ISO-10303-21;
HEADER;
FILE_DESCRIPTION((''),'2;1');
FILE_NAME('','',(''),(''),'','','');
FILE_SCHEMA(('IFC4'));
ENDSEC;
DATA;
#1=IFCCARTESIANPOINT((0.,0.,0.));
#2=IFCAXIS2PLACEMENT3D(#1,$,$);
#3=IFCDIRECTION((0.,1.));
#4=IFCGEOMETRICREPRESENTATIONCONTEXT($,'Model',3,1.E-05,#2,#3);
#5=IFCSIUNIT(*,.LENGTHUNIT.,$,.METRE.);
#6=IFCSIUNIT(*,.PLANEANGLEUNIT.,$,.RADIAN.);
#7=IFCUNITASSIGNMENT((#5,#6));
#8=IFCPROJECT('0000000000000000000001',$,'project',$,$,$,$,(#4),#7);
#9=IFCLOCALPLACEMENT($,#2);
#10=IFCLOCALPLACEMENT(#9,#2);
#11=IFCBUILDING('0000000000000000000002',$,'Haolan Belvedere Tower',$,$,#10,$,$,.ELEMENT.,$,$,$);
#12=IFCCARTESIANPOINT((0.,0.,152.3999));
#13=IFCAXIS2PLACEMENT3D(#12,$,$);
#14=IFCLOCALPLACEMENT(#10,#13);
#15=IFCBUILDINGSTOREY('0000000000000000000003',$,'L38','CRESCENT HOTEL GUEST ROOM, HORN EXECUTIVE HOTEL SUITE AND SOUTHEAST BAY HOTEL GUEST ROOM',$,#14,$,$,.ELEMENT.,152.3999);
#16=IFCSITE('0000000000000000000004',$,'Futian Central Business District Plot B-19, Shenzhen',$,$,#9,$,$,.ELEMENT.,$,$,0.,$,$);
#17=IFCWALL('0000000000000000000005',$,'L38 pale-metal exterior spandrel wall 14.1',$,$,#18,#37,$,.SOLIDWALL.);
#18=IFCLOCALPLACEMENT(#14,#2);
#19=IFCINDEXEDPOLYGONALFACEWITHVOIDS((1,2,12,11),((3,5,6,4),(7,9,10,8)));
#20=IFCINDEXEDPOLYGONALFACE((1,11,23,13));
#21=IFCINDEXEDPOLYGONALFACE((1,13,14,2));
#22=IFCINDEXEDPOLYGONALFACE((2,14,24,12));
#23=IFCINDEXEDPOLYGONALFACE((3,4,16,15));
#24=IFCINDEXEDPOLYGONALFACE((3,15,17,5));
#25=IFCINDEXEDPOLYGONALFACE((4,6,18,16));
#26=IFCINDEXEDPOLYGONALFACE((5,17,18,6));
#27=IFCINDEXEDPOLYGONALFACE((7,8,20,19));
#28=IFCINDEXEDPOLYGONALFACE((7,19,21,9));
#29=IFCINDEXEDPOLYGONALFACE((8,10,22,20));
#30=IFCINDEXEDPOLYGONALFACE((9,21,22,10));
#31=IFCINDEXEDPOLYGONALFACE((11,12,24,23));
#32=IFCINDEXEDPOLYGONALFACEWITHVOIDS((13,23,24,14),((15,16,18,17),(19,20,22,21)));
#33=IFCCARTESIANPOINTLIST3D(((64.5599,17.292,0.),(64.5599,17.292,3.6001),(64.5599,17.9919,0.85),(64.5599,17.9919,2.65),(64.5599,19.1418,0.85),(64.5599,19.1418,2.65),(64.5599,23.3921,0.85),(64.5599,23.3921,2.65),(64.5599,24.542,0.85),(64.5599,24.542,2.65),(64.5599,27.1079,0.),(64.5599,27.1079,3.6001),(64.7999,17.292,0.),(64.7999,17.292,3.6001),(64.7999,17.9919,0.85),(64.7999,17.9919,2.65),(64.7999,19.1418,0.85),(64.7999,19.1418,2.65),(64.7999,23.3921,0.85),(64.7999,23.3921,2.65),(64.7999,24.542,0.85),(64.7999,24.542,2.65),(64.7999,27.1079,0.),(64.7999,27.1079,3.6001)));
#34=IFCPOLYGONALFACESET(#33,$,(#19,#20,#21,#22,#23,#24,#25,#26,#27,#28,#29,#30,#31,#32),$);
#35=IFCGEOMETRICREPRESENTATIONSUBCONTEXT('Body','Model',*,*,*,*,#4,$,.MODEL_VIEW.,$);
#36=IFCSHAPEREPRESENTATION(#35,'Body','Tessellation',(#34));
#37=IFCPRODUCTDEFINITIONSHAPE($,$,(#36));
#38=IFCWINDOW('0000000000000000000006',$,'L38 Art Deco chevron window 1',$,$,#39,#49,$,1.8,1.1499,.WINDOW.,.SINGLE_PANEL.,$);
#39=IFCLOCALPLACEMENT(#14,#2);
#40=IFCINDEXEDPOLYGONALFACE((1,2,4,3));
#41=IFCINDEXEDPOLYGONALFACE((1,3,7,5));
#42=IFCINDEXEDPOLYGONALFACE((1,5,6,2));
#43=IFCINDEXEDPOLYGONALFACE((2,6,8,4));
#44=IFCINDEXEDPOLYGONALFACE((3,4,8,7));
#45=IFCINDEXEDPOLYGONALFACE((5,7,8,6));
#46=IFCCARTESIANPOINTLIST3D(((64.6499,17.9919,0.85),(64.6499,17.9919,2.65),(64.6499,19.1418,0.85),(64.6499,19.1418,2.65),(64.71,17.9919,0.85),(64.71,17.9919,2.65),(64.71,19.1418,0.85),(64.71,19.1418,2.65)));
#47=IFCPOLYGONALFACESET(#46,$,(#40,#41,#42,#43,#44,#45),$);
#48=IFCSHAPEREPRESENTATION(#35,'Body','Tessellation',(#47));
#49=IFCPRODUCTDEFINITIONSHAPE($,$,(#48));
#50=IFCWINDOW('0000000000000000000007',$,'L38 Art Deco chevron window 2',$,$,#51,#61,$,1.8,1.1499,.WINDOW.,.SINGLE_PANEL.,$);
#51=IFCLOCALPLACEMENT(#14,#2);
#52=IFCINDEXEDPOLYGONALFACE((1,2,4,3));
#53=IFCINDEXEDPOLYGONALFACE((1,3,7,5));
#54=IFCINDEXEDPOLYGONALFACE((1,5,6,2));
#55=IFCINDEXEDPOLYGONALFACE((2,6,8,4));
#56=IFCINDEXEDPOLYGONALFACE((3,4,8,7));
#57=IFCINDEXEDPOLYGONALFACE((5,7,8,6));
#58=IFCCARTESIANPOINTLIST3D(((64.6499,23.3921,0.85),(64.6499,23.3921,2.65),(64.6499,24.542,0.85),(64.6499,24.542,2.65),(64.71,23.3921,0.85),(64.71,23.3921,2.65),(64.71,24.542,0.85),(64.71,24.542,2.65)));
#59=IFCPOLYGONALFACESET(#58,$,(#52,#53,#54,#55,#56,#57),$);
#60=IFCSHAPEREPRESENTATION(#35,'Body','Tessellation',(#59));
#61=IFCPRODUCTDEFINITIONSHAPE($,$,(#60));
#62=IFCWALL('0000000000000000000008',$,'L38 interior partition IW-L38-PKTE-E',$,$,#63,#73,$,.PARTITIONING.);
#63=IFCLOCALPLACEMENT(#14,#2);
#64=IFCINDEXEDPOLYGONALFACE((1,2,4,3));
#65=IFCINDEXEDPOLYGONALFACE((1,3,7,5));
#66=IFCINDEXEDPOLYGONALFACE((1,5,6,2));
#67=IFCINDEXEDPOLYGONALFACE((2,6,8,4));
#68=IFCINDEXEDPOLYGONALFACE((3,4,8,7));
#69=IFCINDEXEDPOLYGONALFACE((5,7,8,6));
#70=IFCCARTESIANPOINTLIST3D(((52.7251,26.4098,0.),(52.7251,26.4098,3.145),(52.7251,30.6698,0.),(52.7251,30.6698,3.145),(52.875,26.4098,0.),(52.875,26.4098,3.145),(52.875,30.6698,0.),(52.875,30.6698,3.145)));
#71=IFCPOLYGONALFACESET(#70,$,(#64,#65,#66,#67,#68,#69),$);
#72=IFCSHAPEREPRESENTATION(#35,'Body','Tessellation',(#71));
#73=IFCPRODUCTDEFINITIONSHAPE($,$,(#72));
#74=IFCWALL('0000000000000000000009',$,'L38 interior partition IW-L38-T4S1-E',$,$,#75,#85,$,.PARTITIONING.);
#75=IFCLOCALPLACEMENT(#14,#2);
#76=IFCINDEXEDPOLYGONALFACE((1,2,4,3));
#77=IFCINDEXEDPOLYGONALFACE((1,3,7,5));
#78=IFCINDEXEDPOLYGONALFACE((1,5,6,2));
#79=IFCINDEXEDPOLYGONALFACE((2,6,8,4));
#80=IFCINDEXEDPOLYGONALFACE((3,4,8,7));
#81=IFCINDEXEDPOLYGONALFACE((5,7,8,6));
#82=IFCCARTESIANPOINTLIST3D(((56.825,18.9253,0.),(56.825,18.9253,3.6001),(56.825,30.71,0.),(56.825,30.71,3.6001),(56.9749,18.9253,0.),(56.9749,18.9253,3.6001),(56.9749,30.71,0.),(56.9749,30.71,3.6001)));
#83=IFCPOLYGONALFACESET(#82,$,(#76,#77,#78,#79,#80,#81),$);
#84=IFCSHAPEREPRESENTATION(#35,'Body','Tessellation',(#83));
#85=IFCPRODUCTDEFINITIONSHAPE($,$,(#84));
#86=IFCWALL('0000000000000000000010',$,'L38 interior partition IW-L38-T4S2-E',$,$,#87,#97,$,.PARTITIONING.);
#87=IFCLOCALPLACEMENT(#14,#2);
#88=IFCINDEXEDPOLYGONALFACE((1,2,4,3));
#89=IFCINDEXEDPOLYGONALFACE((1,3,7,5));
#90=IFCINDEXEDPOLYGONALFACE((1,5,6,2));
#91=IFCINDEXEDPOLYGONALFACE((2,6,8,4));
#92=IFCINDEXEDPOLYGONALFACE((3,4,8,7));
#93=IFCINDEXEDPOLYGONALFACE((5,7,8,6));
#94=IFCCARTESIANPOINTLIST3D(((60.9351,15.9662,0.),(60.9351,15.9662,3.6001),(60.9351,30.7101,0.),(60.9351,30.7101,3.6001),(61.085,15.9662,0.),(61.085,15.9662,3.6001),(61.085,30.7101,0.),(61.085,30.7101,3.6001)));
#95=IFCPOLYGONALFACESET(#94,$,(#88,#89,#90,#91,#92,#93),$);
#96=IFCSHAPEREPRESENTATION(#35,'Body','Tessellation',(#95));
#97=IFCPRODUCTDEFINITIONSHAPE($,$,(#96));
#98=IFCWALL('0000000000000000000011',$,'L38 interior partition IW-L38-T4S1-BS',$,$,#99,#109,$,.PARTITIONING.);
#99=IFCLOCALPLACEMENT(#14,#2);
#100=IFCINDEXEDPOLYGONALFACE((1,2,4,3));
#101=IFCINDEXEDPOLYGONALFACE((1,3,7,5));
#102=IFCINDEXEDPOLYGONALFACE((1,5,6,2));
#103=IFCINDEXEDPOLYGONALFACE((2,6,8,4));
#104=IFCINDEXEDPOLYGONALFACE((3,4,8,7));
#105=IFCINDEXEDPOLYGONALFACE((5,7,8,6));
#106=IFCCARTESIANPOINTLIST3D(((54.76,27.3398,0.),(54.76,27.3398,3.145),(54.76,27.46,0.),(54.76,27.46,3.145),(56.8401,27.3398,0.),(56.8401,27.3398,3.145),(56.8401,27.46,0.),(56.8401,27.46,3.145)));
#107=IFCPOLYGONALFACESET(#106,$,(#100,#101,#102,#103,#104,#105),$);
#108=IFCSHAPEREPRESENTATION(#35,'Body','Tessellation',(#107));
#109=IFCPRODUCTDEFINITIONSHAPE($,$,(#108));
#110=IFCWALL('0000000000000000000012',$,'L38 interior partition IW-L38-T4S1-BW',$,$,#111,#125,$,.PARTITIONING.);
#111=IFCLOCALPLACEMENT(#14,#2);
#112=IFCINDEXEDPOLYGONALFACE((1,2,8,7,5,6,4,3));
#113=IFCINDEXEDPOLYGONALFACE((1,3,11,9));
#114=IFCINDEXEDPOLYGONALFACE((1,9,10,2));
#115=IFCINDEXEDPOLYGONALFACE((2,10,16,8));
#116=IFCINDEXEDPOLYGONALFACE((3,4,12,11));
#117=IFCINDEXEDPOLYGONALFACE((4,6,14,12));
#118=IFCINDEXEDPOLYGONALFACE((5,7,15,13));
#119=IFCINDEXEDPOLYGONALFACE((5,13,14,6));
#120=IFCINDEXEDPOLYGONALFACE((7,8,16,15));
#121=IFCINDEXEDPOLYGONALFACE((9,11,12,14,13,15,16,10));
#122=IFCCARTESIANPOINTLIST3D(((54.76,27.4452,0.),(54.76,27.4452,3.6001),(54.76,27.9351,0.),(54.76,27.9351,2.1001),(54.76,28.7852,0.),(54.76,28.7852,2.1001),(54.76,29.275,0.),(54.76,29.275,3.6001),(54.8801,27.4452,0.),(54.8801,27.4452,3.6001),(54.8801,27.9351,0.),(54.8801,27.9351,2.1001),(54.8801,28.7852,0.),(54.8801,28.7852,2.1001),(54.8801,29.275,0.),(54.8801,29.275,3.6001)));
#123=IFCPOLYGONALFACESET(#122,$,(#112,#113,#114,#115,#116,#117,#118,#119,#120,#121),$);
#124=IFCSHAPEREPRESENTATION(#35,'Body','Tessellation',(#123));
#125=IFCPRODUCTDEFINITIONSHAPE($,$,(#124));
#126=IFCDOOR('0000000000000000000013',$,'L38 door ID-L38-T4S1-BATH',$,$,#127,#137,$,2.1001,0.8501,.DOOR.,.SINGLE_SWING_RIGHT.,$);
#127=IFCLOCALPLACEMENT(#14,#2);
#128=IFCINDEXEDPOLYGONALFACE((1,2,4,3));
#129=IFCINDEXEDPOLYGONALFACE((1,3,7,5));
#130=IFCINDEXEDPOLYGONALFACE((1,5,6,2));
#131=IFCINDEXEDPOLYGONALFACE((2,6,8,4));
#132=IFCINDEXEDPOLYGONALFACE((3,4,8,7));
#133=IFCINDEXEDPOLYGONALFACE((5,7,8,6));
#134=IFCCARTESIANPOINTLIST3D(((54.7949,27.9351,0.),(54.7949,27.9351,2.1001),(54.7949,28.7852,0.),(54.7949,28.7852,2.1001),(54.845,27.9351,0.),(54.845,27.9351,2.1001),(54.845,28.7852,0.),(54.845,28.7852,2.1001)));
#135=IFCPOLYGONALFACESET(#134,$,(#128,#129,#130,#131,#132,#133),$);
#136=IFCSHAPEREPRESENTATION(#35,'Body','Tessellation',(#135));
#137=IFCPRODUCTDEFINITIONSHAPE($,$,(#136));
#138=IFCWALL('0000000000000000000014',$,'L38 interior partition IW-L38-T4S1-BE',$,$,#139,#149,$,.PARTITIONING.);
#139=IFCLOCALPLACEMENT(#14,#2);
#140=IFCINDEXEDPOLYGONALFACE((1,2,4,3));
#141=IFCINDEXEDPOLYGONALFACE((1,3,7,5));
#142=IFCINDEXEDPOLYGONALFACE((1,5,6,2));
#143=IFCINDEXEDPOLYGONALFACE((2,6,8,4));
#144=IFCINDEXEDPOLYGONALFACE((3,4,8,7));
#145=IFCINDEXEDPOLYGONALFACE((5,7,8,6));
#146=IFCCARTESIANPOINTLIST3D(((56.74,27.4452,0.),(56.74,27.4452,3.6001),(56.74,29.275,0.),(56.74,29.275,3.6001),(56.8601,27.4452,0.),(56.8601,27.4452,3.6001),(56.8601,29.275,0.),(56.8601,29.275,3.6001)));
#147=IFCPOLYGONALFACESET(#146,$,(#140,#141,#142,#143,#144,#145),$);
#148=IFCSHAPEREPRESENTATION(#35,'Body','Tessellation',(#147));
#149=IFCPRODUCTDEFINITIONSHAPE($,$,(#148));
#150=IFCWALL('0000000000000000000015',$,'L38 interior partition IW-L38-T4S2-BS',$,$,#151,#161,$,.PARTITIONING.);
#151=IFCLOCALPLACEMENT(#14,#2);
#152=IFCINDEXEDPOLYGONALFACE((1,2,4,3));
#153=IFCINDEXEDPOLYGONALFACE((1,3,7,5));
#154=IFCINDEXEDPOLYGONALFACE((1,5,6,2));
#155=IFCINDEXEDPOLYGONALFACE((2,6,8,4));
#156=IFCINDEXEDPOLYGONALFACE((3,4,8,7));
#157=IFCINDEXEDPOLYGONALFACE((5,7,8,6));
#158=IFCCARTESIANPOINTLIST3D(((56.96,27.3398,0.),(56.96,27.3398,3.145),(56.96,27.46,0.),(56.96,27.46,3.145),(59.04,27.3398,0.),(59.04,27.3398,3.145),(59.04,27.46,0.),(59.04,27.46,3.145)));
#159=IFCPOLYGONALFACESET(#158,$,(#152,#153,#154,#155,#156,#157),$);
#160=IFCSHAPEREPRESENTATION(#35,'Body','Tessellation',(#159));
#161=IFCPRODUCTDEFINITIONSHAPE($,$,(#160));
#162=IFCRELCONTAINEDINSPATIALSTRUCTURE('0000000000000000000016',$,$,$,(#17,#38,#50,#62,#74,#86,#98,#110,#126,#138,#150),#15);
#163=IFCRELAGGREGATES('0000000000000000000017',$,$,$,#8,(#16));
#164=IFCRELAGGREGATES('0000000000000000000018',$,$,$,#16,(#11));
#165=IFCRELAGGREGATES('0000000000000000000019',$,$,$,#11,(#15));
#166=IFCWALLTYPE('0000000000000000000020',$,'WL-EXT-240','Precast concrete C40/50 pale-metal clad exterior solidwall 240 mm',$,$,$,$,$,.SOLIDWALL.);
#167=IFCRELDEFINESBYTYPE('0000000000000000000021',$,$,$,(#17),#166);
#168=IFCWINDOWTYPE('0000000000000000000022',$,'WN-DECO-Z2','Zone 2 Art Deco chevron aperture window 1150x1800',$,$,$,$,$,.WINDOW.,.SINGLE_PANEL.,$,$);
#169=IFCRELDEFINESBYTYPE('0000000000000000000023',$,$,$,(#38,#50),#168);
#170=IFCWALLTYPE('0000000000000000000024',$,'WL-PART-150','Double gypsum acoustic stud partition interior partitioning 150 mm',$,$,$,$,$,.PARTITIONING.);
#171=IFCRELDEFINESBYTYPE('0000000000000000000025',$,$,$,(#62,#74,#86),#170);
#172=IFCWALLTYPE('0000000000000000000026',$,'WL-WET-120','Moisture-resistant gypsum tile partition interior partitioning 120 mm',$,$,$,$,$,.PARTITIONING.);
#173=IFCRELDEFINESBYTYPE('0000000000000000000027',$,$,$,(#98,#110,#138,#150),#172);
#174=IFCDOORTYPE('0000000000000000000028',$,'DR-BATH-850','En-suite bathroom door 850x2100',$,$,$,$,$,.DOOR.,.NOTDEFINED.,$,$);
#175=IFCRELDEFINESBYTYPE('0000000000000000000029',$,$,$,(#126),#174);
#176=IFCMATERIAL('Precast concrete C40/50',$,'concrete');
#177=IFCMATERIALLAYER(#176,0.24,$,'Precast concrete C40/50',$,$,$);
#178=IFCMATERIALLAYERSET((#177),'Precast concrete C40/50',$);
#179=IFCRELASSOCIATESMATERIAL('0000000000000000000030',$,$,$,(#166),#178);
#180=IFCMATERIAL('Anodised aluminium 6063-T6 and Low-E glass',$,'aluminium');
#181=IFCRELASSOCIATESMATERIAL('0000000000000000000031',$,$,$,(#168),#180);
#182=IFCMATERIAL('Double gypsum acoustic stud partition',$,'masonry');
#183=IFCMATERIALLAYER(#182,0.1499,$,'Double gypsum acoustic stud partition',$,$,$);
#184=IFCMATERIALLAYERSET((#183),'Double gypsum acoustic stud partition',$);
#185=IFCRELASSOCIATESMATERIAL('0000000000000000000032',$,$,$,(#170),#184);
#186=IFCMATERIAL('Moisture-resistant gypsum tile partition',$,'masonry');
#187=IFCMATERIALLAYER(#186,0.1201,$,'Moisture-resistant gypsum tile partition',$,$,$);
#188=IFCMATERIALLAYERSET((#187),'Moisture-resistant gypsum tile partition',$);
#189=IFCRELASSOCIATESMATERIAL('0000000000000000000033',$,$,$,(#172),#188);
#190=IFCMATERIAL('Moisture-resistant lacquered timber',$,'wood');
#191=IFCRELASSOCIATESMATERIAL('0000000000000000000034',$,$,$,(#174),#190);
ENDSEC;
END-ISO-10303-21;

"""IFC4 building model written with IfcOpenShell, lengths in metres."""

from ifc_helpers import new_model, si_unit, direction, frame, frame_2d, origin, place, context, subcontext, project, spatial, rectangle, extrude, material, layer, layer_set, type_object, element, fill, save


model = new_model("IFC4")

# Units and contexts
model_context = context("Model", 3, precision=1e-05, world=origin(), true_north=direction((0.0, 1.0)))
body_context = subcontext(model_context, "Body", "Model", "MODEL_VIEW")
ifc_project = project(units=[si_unit("LENGTHUNIT", "METRE"), si_unit("PLANEANGLEUNIT", "RADIAN")], contexts=[model_context])

# Site, building, storey
site_placement = place(None, origin())
site = spatial("IfcSite", under=ifc_project, at=site_placement, Name="Futian Central Business District Plot B-19, Shenzhen", CompositionType="ELEMENT", RefElevation=0.0)
building_placement = place(site_placement, origin())
building = spatial("IfcBuilding", under=site, at=building_placement, Name="Haolan Belvedere Tower", CompositionType="ELEMENT")
storey_placement = place(building_placement, frame((0.0, 0.0, 152.3999)))
storey = spatial("IfcBuildingStorey", under=building, at=storey_placement, Name="L38", Description="CRESCENT HOTEL GUEST ROOM, HORN EXECUTIVE HOTEL SUITE AND SOUTHEAST BAY HOTEL GUEST ROOM", CompositionType="ELEMENT", Elevation=152.3999)

# Shared definitions
ifc_material_1 = material(Name="Precast concrete C40/50", Category="concrete")
ifc_layer_1 = layer(ifc_material_1, 0.24, Name="Precast concrete C40/50")
ifc_layer_set_1 = layer_set([ifc_layer_1], Name="Precast concrete C40/50")
wall_type_1 = type_object("IfcWallType", Name="WL-EXT-240", Description="Precast concrete C40/50 pale-metal clad exterior solidwall 240 mm", PredefinedType="SOLIDWALL", material=ifc_layer_set_1)
ifc_material_2 = material(Name="Anodised aluminium 6063-T6 and Low-E glass", Category="aluminium")
window_type = type_object("IfcWindowType", Name="WN-DECO-Z2", Description="Zone 2 Art Deco chevron aperture window 1150x1800", PartitioningType="SINGLE_PANEL", PredefinedType="WINDOW", material=ifc_material_2)

# Wall, openings, windows
wall_1_placement = place(storey_placement, frame((64.6799, 17.292, 0.0), z_axis=(0.0, 0.0, 1.0), x_axis=(0.0, 1.0, 0.0)))
wall_1 = element("IfcWall", 1, at=wall_1_placement, inside=storey, type_object=wall_type_1, Name="L38 pale-metal exterior spandrel wall 14.1", PredefinedType="SOLIDWALL", context=body_context, shape_type="SweptSolid", body=[
    extrude(rectangle(XDim=9.8159, YDim=0.24, at=frame_2d((4.908, 0.0))), origin(), (0.0, 0.0, 1.0), 3.6001),
])
opening_1_placement = place(wall_1_placement, frame((0.7, 0.0, 0.8501)))
opening_1 = element("IfcOpeningElement", 2, at=opening_1_placement, cuts=wall_1, PredefinedType="OPENING", context=body_context, shape_type="SweptSolid", body=[
    extrude(rectangle(XDim=1.1499, YDim=1.8, at=frame_2d((0.575, 0.8999))), frame((0.0, 0.1299, 0.0), z_axis=(0.0, -1.0, 0.0), x_axis=(1.0, 0.0, 0.0)), (0.0, 0.0, 1.0), 0.26),
])
opening_2_placement = place(wall_1_placement, frame((6.1001, 0.0, 0.8501)))
opening_2 = element("IfcOpeningElement", 3, at=opening_2_placement, cuts=wall_1, PredefinedType="OPENING", context=body_context, shape_type="SweptSolid", body=[
    extrude(rectangle(XDim=1.1499, YDim=1.8, at=frame_2d((0.575, 0.8999))), frame((0.0, 0.1299, 0.0), z_axis=(0.0, -1.0, 0.0), x_axis=(1.0, 0.0, 0.0)), (0.0, 0.0, 1.0), 0.26),
])
window_1_placement = place(opening_1_placement, origin())
window_1 = element("IfcWindow", 4, at=window_1_placement, inside=storey, type_object=window_type, Name="L38 Art Deco chevron window 1", OverallHeight=1.8, OverallWidth=1.1499, PartitioningType="SINGLE_PANEL", PredefinedType="WINDOW", context=body_context, shape_type="SweptSolid", body=[
    extrude(rectangle(XDim=1.1499, YDim=1.8, at=frame_2d((0.575, 0.8999))), frame((0.0, 0.03, 0.0), z_axis=(0.0, -1.0, 0.0), x_axis=(1.0, 0.0, 0.0)), (0.0, 0.0, 1.0), 0.0601),
])
fill(opening_1, window_1)
window_2_placement = place(opening_2_placement, origin())
window_2 = element("IfcWindow", 5, at=window_2_placement, inside=storey, type_object=window_type, Name="L38 Art Deco chevron window 2", OverallHeight=1.8, OverallWidth=1.1499, PartitioningType="SINGLE_PANEL", PredefinedType="WINDOW", context=body_context, shape_type="SweptSolid", body=[
    extrude(rectangle(XDim=1.1499, YDim=1.8, at=frame_2d((0.575, 0.8999))), frame((0.0, 0.03, 0.0), z_axis=(0.0, -1.0, 0.0), x_axis=(1.0, 0.0, 0.0)), (0.0, 0.0, 1.0), 0.0601),
])
fill(opening_2, window_2)

# Walls
ifc_material_3 = material(Name="Double gypsum acoustic stud partition", Category="masonry")
ifc_layer_2 = layer(ifc_material_3, 0.1499, Name="Double gypsum acoustic stud partition")
ifc_layer_set_2 = layer_set([ifc_layer_2], Name="Double gypsum acoustic stud partition")
wall_type_2 = type_object("IfcWallType", Name="WL-PART-150", Description="Double gypsum acoustic stud partition interior partitioning 150 mm", PredefinedType="PARTITIONING", material=ifc_layer_set_2)
wall_2_placement = place(storey_placement, frame((52.8, 26.4099, 0.0), z_axis=(0.0, 0.0, 1.0), x_axis=(0.0, 1.0, 0.0)))
element("IfcWall", 6, at=wall_2_placement, inside=storey, type_object=wall_type_2, Name="L38 interior partition IW-L38-PKTE-E", PredefinedType="PARTITIONING", context=body_context, shape_type="SweptSolid", body=[
    extrude(rectangle(XDim=4.26, YDim=0.1499, at=frame_2d((2.1299, 0.0))), origin(), (0.0, 0.0, 1.0), 3.145),
])
wall_3_placement = place(storey_placement, frame((56.8999, 18.9253, 0.0), z_axis=(0.0, 0.0, 1.0), x_axis=(0.0, 1.0, 0.0)))
element("IfcWall", 7, at=wall_3_placement, inside=storey, type_object=wall_type_2, Name="L38 interior partition IW-L38-T4S1-E", PredefinedType="PARTITIONING", context=body_context, shape_type="SweptSolid", body=[
    extrude(rectangle(XDim=11.7847, YDim=0.1499, at=frame_2d((5.8923, 0.0))), origin(), (0.0, 0.0, 1.0), 3.6001),
])
wall_4_placement = place(storey_placement, frame((61.01, 15.9661, 0.0), z_axis=(0.0, 0.0, 1.0), x_axis=(0.0, 1.0, 0.0)))
element("IfcWall", 8, at=wall_4_placement, inside=storey, type_object=wall_type_2, Name="L38 interior partition IW-L38-T4S2-E", PredefinedType="PARTITIONING", context=body_context, shape_type="SweptSolid", body=[
    extrude(rectangle(XDim=14.7439, YDim=0.1499, at=frame_2d((7.3721, 0.0))), origin(), (0.0, 0.0, 1.0), 3.6001),
])
ifc_material_4 = material(Name="Moisture-resistant gypsum tile partition", Category="masonry")
ifc_layer_3 = layer(ifc_material_4, 0.1201, Name="Moisture-resistant gypsum tile partition")
ifc_layer_set_3 = layer_set([ifc_layer_3], Name="Moisture-resistant gypsum tile partition")
wall_type_3 = type_object("IfcWallType", Name="WL-WET-120", Description="Moisture-resistant gypsum tile partition interior partitioning 120 mm", PredefinedType="PARTITIONING", material=ifc_layer_set_3)
wall_5_placement = place(storey_placement, frame((54.76, 27.3999, 0.0), z_axis=(0.0, 0.0, 1.0), x_axis=(1.0, 0.0, 0.0)))
element("IfcWall", 9, at=wall_5_placement, inside=storey, type_object=wall_type_3, Name="L38 interior partition IW-L38-T4S1-BS", PredefinedType="PARTITIONING", context=body_context, shape_type="SweptSolid", body=[
    extrude(rectangle(XDim=2.0801, YDim=0.1201, at=frame_2d((1.04, 0.0))), origin(), (0.0, 0.0, 1.0), 3.145),
])

# Wall, opening, door
wall_6_placement = place(storey_placement, frame((54.8201, 27.4451, 0.0), z_axis=(0.0, 0.0, 1.0), x_axis=(0.0, 1.0, 0.0)))
wall_6 = element("IfcWall", 10, at=wall_6_placement, inside=storey, type_object=wall_type_3, Name="L38 interior partition IW-L38-T4S1-BW", PredefinedType="PARTITIONING", context=body_context, shape_type="SweptSolid", body=[
    extrude(rectangle(XDim=1.8298, YDim=0.1201, at=frame_2d((0.915, 0.0))), origin(), (0.0, 0.0, 1.0), 3.6001),
])
opening_3_placement = place(wall_6_placement, frame((1.3401, 0.0, 0.0), z_axis=(0.0, 0.0, 1.0), x_axis=(-1.0, 0.0, 0.0)))
opening_3 = element("IfcOpeningElement", 11, at=opening_3_placement, cuts=wall_6, PredefinedType="OPENING", context=body_context, shape_type="SweptSolid", body=[
    extrude(rectangle(XDim=0.8501, YDim=2.1001, at=frame_2d((0.425, 1.05))), frame((0.0, 0.0701, 0.0), z_axis=(0.0, -1.0, 0.0), x_axis=(1.0, 0.0, 0.0)), (0.0, 0.0, 1.0), 0.1401),
])
ifc_material_5 = material(Name="Moisture-resistant lacquered timber", Category="wood")
door_type = type_object("IfcDoorType", Name="DR-BATH-850", Description="En-suite bathroom door 850x2100", OperationType="NOTDEFINED", PredefinedType="DOOR", material=ifc_material_5)
door_1_placement = place(opening_3_placement, origin())
door_1 = element("IfcDoor", 12, at=door_1_placement, inside=storey, type_object=door_type, Name="L38 door ID-L38-T4S1-BATH", OperationType="SINGLE_SWING_RIGHT", OverallHeight=2.1001, OverallWidth=0.8501, PredefinedType="DOOR", context=body_context, shape_type="SweptSolid", body=[
    extrude(rectangle(XDim=0.8501, YDim=2.1001, at=frame_2d((0.425, 1.05))), frame((0.0, 0.0249, 0.0), z_axis=(0.0, -1.0, 0.0), x_axis=(1.0, 0.0, 0.0)), (0.0, 0.0, 1.0), 0.05),
])
fill(opening_3, door_1)

# Walls
wall_7_placement = place(storey_placement, frame((56.8, 27.4451, 0.0), z_axis=(0.0, 0.0, 1.0), x_axis=(0.0, 1.0, 0.0)))
element("IfcWall", 13, at=wall_7_placement, inside=storey, type_object=wall_type_3, Name="L38 interior partition IW-L38-T4S1-BE", PredefinedType="PARTITIONING", context=body_context, shape_type="SweptSolid", body=[
    extrude(rectangle(XDim=1.8298, YDim=0.1201, at=frame_2d((0.915, 0.0))), origin(), (0.0, 0.0, 1.0), 3.6001),
])
wall_8_placement = place(storey_placement, frame((56.96, 27.3999, 0.0), z_axis=(0.0, 0.0, 1.0), x_axis=(1.0, 0.0, 0.0)))
element("IfcWall", 14, at=wall_8_placement, inside=storey, type_object=wall_type_3, Name="L38 interior partition IW-L38-T4S2-BS", PredefinedType="PARTITIONING", context=body_context, shape_type="SweptSolid", body=[
    extrude(rectangle(XDim=2.0801, YDim=0.1201, at=frame_2d((1.04, 0.0))), origin(), (0.0, 0.0, 1.0), 3.145),
])

save(model, "model.ifc")
